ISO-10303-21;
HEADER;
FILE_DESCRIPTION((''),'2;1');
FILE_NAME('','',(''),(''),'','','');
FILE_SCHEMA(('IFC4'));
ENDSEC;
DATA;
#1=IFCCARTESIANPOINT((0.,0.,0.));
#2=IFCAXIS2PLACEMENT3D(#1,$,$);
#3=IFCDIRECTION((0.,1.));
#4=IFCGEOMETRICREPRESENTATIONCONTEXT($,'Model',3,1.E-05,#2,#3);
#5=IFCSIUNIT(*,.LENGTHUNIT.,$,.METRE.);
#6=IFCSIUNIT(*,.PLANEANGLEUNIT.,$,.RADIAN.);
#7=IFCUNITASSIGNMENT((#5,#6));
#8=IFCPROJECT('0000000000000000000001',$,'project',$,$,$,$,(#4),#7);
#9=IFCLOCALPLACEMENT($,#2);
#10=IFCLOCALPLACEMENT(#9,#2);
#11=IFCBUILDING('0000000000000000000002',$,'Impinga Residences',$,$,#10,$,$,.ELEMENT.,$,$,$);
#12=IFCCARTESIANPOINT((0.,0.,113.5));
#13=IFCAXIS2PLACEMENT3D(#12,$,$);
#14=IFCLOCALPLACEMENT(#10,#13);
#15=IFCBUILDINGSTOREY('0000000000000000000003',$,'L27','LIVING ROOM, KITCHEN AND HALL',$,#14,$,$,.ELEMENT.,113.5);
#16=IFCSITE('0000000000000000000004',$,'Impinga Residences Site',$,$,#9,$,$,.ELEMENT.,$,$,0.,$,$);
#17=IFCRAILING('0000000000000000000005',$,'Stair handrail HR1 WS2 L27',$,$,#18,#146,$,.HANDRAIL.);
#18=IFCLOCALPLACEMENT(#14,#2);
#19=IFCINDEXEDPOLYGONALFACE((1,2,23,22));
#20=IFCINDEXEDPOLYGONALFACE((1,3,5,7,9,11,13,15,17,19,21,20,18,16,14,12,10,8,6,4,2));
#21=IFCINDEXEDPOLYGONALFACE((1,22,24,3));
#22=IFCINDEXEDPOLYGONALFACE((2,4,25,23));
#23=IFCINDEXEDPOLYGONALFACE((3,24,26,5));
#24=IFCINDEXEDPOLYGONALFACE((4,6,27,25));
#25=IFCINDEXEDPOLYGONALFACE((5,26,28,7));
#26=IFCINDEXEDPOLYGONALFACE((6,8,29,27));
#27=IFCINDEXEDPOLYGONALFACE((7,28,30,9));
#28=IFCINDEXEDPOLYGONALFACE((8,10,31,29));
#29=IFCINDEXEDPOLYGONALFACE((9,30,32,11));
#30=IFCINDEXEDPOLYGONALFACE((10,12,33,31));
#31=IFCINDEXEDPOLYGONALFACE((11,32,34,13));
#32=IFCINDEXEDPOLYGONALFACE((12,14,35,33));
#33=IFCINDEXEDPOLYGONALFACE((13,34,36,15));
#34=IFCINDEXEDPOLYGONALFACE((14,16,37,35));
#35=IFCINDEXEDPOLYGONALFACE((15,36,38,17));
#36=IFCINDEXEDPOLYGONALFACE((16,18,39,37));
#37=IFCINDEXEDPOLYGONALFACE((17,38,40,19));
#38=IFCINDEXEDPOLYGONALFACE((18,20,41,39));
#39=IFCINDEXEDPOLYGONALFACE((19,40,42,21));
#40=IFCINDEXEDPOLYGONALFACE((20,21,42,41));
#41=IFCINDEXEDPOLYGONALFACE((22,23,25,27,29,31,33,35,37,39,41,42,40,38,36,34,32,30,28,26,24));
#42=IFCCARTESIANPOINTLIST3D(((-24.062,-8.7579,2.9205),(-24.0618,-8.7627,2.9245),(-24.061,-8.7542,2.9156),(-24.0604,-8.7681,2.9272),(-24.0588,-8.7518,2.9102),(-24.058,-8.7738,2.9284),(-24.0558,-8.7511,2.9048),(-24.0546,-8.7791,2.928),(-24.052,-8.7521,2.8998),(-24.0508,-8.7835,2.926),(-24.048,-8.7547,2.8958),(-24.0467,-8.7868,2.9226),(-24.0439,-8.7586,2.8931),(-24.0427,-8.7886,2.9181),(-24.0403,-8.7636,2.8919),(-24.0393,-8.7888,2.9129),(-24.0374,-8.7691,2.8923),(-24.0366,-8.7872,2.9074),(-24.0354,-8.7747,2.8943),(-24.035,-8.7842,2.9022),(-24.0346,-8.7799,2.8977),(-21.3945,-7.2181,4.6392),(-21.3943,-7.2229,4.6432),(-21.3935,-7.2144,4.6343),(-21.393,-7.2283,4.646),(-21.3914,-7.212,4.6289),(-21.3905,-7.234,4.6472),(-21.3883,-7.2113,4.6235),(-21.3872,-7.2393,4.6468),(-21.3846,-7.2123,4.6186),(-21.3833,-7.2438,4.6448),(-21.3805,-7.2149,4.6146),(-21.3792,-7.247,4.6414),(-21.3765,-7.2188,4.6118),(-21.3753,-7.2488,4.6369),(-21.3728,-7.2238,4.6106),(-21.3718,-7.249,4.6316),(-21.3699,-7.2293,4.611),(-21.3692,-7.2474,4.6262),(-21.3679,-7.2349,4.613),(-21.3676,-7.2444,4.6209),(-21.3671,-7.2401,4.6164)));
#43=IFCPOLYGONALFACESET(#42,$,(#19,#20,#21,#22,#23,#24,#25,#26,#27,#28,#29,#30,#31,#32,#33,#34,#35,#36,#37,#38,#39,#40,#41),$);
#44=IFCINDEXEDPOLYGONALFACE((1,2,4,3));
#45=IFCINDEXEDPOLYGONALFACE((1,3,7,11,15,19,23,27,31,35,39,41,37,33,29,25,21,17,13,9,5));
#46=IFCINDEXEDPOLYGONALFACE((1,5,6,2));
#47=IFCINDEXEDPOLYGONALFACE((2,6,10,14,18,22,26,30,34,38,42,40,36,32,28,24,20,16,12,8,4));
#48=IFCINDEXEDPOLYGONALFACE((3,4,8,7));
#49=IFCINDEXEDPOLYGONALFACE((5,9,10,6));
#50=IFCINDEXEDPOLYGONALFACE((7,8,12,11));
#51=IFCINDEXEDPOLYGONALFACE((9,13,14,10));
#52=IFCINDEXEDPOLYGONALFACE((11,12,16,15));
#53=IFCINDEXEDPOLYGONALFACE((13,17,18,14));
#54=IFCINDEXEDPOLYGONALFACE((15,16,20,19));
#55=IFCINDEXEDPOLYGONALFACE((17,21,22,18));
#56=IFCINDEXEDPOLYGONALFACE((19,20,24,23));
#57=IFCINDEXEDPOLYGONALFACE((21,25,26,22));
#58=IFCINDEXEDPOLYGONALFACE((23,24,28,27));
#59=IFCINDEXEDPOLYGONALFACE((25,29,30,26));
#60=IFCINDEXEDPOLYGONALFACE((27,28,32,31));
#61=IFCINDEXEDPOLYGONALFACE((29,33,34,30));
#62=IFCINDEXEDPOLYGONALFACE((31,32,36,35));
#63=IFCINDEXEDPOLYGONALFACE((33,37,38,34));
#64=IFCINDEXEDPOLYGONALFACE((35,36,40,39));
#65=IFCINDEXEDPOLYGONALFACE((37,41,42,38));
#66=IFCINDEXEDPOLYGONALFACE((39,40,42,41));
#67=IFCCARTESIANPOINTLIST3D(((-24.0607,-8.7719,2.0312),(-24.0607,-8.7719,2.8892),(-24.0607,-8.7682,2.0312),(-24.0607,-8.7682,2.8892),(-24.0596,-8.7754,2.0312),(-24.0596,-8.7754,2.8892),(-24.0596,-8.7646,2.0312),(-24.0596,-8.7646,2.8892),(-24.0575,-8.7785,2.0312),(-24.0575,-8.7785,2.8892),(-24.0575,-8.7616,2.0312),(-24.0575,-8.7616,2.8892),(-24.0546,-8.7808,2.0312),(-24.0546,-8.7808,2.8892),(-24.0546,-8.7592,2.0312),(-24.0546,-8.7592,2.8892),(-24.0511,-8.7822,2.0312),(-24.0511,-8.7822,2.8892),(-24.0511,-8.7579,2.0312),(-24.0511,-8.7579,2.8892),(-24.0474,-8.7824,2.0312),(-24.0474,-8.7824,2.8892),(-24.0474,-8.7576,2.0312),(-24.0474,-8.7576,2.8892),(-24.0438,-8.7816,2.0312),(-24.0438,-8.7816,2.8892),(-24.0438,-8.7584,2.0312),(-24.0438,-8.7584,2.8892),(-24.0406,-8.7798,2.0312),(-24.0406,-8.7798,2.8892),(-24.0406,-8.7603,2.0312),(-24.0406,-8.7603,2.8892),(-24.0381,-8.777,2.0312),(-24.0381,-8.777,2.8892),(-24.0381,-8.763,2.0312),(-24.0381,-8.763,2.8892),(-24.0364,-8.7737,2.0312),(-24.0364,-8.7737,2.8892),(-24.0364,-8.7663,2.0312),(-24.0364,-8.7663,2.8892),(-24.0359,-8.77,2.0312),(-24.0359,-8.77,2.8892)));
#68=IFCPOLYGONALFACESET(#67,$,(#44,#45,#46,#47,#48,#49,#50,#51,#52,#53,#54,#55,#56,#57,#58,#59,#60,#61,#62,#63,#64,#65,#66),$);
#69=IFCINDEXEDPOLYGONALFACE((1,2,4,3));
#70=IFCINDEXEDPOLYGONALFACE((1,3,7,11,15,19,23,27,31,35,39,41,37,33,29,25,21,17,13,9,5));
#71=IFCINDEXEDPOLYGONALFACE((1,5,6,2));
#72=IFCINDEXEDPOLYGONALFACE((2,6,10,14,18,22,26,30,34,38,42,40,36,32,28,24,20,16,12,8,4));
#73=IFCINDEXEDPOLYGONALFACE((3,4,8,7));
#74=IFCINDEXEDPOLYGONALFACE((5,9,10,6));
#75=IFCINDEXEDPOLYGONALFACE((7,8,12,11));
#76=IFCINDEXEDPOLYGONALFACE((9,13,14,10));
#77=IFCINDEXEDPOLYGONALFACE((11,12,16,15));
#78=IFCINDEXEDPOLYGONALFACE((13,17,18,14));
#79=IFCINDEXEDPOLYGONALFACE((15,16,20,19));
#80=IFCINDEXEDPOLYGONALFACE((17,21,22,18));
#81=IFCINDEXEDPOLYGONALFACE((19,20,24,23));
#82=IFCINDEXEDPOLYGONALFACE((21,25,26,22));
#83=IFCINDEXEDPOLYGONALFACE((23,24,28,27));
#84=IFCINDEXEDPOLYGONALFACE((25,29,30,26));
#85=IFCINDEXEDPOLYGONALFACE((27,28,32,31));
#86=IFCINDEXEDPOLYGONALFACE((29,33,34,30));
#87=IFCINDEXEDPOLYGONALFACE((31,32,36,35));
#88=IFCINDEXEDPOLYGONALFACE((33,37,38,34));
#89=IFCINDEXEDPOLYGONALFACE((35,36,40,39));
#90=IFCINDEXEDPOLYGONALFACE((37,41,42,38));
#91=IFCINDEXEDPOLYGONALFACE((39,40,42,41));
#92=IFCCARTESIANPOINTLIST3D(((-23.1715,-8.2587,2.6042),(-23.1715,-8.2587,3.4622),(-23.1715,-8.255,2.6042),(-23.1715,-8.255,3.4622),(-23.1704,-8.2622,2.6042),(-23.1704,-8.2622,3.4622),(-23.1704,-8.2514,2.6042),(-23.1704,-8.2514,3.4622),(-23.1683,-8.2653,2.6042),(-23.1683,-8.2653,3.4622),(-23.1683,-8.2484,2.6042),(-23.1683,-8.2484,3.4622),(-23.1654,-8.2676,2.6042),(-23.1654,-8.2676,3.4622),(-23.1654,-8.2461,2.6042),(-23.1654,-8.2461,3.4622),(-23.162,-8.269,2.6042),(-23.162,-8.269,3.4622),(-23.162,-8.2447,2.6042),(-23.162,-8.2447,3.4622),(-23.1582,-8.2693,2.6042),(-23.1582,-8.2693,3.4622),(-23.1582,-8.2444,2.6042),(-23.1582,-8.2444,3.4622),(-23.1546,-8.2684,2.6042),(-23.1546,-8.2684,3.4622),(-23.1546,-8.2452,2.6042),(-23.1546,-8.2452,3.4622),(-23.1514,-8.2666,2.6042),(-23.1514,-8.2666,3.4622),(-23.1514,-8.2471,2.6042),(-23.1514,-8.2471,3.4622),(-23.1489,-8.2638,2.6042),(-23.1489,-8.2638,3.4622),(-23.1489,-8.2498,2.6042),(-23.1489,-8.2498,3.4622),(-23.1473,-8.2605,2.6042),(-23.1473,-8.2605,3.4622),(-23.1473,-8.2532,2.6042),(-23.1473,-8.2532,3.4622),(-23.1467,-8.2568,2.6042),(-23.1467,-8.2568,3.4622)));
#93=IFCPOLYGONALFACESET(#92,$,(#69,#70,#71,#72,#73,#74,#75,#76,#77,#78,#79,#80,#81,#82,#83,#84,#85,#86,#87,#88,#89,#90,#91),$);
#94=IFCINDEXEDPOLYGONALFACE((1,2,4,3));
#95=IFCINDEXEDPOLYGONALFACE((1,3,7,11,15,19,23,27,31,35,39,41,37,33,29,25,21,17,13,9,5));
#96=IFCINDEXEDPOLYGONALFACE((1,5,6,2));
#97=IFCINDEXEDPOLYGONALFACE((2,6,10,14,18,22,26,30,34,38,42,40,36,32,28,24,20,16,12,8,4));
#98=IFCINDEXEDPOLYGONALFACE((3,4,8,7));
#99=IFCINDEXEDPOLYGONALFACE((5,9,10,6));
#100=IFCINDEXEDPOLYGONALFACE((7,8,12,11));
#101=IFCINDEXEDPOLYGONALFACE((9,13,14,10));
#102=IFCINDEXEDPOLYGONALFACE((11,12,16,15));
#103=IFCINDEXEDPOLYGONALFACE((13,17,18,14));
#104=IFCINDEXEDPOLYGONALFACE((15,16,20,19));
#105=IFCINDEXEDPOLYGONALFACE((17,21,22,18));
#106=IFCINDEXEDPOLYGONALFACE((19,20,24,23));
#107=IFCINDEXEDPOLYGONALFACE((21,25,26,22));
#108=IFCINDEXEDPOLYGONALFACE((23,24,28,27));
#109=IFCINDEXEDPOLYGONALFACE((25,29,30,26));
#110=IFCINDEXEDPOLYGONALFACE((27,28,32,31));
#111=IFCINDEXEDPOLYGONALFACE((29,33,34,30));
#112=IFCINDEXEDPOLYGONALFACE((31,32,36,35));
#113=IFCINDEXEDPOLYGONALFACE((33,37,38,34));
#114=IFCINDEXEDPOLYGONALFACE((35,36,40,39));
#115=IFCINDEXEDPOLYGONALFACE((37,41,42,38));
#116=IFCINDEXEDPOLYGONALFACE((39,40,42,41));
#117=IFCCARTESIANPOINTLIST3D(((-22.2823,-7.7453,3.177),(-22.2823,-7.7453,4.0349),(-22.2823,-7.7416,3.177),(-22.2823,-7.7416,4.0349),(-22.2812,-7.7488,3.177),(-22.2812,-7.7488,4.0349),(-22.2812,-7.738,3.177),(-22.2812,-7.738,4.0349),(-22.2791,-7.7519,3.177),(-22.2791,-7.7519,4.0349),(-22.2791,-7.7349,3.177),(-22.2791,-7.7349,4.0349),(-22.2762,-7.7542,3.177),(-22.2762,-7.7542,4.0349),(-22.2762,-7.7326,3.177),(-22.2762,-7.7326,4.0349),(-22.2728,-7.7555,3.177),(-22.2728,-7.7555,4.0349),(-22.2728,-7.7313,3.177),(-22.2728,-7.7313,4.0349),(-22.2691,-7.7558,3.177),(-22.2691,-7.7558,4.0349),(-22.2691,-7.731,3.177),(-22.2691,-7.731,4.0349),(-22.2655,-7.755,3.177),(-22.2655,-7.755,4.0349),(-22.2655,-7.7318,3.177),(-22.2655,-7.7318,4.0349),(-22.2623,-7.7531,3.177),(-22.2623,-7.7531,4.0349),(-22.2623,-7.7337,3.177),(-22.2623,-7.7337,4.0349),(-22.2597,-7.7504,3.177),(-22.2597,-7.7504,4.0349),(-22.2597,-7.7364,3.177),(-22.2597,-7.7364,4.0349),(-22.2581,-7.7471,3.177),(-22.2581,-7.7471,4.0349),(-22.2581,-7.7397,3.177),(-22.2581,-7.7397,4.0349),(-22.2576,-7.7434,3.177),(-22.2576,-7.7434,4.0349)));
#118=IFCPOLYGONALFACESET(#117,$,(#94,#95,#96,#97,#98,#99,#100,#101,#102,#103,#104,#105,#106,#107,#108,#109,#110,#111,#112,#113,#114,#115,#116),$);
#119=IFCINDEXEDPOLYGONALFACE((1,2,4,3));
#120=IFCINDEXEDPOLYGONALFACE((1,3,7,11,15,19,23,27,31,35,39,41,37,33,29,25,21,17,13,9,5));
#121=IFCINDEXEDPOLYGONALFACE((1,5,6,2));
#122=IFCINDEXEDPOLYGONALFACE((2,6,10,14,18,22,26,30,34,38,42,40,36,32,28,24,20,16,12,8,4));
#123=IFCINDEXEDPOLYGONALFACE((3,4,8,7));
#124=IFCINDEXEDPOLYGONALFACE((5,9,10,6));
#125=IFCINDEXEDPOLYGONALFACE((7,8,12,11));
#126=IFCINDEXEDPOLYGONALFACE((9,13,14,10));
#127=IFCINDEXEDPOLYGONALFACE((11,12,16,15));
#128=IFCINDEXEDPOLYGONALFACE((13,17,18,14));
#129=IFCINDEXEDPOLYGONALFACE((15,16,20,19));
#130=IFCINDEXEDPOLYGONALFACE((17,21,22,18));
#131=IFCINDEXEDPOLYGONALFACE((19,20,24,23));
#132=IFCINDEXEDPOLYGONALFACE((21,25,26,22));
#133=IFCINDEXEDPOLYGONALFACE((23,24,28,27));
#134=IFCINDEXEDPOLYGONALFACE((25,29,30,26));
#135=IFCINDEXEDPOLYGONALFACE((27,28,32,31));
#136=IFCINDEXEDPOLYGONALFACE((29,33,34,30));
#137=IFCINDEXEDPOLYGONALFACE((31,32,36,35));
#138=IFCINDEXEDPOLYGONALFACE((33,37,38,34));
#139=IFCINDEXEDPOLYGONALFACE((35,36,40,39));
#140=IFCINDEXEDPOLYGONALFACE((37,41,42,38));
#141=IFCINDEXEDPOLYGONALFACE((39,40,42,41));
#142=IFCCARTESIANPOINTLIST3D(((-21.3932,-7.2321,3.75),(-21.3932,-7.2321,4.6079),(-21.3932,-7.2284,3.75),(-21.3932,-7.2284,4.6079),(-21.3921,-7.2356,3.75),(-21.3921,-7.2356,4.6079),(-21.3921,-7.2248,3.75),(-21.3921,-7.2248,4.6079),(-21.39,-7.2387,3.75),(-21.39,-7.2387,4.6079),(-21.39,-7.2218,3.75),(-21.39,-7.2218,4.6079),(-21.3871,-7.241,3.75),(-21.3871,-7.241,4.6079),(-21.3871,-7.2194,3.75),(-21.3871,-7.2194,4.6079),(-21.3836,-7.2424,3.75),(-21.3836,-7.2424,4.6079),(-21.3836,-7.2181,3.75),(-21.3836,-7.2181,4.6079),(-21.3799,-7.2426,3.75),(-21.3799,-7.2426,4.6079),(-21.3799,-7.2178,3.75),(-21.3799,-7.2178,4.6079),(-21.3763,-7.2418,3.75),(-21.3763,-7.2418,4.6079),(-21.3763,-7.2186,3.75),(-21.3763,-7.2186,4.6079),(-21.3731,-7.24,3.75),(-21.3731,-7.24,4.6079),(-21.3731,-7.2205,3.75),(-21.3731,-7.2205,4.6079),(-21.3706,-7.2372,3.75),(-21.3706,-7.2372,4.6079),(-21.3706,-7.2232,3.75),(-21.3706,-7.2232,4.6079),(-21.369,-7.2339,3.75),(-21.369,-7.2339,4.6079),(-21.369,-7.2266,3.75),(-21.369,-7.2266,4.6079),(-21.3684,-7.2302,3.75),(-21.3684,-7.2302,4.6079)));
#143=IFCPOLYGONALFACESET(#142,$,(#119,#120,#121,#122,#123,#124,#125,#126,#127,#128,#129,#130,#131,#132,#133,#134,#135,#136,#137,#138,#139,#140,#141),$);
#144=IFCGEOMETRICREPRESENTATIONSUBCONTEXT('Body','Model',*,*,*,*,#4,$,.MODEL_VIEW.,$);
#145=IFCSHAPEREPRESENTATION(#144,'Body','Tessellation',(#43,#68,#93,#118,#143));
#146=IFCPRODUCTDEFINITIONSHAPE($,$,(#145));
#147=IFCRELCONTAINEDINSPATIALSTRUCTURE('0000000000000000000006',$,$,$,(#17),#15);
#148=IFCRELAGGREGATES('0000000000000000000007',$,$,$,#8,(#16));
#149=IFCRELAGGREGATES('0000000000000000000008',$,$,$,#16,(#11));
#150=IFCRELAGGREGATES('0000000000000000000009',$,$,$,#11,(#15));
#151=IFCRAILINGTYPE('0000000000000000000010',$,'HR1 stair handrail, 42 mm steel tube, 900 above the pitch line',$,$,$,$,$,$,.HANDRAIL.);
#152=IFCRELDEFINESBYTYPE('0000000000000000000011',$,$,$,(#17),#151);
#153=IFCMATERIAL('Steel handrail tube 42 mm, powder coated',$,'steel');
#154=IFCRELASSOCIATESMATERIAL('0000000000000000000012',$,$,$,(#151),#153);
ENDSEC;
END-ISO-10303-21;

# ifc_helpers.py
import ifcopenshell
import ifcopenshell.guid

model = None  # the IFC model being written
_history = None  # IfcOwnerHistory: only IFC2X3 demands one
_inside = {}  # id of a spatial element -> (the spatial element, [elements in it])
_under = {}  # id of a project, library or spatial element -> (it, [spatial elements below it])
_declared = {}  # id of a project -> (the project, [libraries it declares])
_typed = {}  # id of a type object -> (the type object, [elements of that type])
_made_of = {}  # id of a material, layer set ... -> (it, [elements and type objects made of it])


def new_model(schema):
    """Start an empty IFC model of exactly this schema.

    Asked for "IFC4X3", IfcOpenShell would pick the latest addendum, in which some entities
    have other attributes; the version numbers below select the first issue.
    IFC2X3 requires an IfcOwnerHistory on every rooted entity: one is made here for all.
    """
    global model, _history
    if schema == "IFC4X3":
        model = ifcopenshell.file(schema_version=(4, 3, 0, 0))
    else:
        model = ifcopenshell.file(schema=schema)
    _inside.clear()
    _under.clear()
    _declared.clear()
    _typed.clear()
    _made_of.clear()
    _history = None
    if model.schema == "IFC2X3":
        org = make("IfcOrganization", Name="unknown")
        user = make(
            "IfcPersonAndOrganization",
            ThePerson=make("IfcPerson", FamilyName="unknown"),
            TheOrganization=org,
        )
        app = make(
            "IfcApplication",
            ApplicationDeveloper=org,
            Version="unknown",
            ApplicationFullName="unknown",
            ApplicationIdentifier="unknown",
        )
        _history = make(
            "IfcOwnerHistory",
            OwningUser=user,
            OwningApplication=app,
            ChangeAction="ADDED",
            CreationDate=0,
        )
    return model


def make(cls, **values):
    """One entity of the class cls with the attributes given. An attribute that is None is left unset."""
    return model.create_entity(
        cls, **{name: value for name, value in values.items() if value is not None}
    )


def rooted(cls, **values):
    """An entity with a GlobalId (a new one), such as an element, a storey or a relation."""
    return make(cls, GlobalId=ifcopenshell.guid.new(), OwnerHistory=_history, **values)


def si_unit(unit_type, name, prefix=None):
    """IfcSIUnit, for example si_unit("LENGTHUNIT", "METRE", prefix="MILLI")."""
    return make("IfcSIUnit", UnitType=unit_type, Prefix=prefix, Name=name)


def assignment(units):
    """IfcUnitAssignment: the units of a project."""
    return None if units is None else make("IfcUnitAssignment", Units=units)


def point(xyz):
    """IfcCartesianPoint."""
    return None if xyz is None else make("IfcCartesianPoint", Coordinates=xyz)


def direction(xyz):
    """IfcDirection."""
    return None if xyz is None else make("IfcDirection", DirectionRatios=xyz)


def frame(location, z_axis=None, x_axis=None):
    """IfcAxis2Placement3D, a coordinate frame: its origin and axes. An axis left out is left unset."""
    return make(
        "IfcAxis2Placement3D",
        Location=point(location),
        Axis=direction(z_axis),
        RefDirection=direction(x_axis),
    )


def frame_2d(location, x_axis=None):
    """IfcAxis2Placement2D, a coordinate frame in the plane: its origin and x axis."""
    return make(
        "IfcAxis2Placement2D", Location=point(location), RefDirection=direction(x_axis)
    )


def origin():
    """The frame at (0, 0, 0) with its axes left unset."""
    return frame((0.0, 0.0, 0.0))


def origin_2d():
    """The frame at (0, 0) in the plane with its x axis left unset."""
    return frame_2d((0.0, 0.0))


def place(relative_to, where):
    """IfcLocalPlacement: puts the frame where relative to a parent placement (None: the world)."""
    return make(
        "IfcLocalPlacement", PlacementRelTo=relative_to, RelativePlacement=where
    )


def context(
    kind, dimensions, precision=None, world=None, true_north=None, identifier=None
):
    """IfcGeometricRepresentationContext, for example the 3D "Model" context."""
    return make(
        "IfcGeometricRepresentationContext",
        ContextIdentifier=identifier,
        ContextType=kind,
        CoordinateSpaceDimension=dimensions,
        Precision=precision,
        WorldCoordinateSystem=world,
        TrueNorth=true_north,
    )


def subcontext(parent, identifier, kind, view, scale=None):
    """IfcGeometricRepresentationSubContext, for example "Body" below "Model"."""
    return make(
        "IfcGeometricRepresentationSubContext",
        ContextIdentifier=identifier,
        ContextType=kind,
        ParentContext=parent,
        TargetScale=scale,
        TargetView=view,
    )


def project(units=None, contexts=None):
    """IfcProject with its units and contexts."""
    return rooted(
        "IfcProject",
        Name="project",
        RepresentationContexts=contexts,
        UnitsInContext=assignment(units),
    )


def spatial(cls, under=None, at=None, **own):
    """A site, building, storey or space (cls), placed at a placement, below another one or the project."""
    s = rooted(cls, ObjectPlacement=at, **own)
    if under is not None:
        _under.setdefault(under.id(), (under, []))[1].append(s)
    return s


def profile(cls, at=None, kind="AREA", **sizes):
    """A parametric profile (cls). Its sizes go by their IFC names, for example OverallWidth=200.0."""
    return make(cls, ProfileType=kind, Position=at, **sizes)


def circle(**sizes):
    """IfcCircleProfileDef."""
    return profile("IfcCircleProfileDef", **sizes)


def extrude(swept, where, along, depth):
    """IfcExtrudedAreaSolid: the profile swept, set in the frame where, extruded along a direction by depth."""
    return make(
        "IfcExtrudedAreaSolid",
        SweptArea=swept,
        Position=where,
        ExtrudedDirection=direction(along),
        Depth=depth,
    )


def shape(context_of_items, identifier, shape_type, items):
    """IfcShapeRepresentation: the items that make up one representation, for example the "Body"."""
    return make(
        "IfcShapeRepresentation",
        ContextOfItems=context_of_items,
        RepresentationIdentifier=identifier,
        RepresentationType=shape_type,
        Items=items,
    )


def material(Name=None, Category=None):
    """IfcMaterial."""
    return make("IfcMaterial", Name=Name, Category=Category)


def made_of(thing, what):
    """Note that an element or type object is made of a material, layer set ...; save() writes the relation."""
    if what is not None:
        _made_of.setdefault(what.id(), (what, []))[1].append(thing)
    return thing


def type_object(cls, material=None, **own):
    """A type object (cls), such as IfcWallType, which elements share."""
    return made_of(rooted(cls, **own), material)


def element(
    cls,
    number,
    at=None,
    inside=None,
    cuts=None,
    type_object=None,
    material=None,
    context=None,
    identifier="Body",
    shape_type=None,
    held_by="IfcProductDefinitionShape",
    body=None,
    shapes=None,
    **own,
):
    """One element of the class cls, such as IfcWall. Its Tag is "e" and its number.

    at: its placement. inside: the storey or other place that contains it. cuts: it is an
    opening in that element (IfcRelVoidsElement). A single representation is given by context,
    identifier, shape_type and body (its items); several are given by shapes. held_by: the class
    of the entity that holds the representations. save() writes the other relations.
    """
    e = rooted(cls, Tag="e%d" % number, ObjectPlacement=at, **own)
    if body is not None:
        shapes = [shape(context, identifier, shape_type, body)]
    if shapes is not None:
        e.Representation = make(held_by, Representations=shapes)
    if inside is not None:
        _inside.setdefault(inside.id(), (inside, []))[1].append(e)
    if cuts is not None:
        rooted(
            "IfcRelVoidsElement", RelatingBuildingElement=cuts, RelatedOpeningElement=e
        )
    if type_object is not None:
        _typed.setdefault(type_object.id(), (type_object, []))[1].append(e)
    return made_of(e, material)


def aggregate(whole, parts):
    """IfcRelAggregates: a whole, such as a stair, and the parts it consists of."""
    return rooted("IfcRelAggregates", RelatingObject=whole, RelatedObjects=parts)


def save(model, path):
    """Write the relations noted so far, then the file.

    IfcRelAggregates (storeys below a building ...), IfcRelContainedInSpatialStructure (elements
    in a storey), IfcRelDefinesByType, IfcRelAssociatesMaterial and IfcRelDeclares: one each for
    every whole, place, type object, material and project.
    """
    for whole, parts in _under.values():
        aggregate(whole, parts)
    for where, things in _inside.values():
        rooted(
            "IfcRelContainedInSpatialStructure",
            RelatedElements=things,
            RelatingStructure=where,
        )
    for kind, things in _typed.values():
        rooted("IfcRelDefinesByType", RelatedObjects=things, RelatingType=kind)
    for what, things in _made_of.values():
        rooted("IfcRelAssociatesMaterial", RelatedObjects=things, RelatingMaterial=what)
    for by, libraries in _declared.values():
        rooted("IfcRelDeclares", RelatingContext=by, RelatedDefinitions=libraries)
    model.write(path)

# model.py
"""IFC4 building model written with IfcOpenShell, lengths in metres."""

from ifc_helpers import new_model, si_unit, direction, frame, origin, origin_2d, place, context, subcontext, project, spatial, circle, extrude, material, type_object, element, save


model = new_model("IFC4")

# Units and contexts
model_context = context("Model", 3, precision=1e-05, world=origin(), true_north=direction((0.0, 1.0)))
body_context = subcontext(model_context, "Body", "Model", "MODEL_VIEW")
ifc_project = project(units=[si_unit("LENGTHUNIT", "METRE"), si_unit("PLANEANGLEUNIT", "RADIAN")], contexts=[model_context])

# Site, building, storey
site_placement = place(None, origin())
site = spatial("IfcSite", under=ifc_project, at=site_placement, Name="Impinga Residences Site", CompositionType="ELEMENT", RefElevation=0.0)
building_placement = place(site_placement, origin())
building = spatial("IfcBuilding", under=site, at=building_placement, Name="Impinga Residences", CompositionType="ELEMENT")
storey_placement = place(building_placement, frame((0.0, 0.0, 113.5)))
storey = spatial("IfcBuildingStorey", under=building, at=storey_placement, Name="L27", Description="LIVING ROOM, KITCHEN AND HALL", CompositionType="ELEMENT", Elevation=113.5)

# Railing
ifc_material_1 = material(Name="Steel handrail tube 42 mm, powder coated", Category="steel")
railing_type_1 = type_object("IfcRailingType", Name="HR1 stair handrail, 42 mm steel tube, 900 above the pitch line", PredefinedType="HANDRAIL", material=ifc_material_1)
railing_1_placement = place(storey_placement, frame((-24.0483, -8.77, 2.0312)))
element("IfcRailing", 1, at=railing_1_placement, inside=storey, type_object=railing_type_1, Name="Stair handrail HR1 WS2 L27", PredefinedType="HANDRAIL", context=body_context, shape_type="SweptSolid", body=[
    extrude(circle(Radius=0.021, at=origin_2d()), frame((0.0, 0.0, 0.8789), z_axis=(0.756279, 0.43656, 0.487297), x_axis=(-0.499933, 0.866064, 0.0)), (0.0, 0.0, 1.0), 3.5271),
    extrude(circle(Radius=0.0125, at=origin_2d()), origin(), (0.0, 0.0, 1.0), 0.8579),
    extrude(circle(Radius=0.0125, at=origin_2d()), frame((0.8892, 0.5132, 0.573)), (0.0, 0.0, 1.0), 0.8579),
    extrude(circle(Radius=0.0125, at=origin_2d()), frame((1.7783, 1.0266, 1.1458)), (0.0, 0.0, 1.0), 0.8579),
    extrude(circle(Radius=0.0125, at=origin_2d()), frame((2.6675, 1.5398, 1.7188)), (0.0, 0.0, 1.0), 0.8579),
])

save(model, "model.ifc")
